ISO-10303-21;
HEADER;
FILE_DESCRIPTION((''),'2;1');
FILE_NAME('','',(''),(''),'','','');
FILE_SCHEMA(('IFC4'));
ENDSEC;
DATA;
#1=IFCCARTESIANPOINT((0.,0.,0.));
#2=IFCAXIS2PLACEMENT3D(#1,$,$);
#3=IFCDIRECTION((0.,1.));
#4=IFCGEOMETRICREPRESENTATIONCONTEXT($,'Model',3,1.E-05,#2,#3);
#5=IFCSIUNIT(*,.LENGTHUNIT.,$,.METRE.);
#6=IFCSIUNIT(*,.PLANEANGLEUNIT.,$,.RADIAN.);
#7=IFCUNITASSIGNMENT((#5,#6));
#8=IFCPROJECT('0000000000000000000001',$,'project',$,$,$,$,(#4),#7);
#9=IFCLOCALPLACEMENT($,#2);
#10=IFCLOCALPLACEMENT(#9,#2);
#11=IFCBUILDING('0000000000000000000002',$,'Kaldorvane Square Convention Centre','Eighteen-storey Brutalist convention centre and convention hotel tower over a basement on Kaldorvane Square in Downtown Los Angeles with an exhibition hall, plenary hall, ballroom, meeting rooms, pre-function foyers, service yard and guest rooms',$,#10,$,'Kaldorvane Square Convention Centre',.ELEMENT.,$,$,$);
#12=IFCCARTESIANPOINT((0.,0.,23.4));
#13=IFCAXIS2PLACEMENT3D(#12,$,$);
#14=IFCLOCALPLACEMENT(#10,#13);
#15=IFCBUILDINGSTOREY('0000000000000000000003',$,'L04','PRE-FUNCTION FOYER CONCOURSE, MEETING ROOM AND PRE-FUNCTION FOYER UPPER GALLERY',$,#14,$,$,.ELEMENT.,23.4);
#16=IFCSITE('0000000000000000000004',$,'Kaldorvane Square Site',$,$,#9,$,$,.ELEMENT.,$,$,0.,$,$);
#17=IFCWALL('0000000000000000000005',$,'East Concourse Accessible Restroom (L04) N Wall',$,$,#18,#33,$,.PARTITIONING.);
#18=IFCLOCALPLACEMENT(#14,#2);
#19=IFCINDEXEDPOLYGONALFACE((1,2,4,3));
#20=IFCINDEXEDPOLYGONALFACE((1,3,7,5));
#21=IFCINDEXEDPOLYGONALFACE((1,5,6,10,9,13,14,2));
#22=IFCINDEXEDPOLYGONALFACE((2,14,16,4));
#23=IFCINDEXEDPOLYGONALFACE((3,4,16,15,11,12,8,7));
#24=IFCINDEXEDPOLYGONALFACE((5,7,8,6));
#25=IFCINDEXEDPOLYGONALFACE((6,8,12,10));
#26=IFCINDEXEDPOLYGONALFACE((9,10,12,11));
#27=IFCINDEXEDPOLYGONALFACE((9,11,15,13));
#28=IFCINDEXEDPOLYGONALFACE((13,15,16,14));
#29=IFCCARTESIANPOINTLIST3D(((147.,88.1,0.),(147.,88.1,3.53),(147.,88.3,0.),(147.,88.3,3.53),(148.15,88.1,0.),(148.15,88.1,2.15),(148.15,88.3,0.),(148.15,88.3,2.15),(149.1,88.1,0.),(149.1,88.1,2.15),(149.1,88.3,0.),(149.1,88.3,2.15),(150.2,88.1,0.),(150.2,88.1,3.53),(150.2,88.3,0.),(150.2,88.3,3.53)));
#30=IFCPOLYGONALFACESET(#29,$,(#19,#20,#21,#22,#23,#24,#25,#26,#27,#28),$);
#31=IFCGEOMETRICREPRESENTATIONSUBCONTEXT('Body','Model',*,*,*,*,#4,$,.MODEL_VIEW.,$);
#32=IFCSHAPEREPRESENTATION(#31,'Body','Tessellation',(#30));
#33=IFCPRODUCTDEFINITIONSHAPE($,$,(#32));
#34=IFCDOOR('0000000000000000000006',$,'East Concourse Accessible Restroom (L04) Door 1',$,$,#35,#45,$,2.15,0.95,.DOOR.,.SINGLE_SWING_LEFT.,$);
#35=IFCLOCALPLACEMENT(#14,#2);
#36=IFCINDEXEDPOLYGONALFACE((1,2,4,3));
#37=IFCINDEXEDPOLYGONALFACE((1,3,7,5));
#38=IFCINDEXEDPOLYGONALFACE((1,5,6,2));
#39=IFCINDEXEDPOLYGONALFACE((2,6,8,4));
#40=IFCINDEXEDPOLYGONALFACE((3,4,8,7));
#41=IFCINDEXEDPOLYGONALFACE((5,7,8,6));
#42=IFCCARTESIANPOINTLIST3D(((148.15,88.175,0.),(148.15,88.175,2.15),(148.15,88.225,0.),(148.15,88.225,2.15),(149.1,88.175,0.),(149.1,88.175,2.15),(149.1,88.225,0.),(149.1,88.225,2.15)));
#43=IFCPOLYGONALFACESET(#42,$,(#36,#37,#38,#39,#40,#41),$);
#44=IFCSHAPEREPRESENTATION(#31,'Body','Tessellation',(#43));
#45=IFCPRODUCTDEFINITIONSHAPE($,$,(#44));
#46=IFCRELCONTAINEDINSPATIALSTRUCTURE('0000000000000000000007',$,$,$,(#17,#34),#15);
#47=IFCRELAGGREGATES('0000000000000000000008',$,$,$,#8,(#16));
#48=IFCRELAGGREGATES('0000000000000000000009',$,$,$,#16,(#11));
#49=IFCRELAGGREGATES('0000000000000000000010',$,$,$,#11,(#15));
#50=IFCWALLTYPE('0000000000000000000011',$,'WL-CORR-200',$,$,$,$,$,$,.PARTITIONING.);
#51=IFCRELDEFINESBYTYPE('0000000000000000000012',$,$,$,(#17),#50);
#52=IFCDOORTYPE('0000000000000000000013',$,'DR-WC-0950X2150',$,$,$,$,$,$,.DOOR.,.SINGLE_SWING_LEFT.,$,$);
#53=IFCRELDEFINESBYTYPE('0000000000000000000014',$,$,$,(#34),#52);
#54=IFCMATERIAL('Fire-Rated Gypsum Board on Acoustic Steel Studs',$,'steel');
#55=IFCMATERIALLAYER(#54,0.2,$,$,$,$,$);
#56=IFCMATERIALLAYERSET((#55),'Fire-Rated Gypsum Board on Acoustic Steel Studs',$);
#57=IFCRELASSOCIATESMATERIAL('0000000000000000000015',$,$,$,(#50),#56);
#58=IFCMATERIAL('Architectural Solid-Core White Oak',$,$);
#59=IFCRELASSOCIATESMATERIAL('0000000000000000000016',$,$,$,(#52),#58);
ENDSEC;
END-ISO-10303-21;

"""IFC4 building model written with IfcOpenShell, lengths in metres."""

from ifc_helpers import new_model, si_unit, direction, frame, frame_2d, origin, place, context, subcontext, project, spatial, rectangle, extrude, material, layer, layer_set, type_object, element, fill, save


model = new_model("IFC4")

# Units and contexts
model_context = context("Model", 3, precision=1e-05, world=origin(), true_north=direction((0.0, 1.0)))
body_context = subcontext(model_context, "Body", "Model", "MODEL_VIEW")
ifc_project = project(units=[si_unit("LENGTHUNIT", "METRE"), si_unit("PLANEANGLEUNIT", "RADIAN")], contexts=[model_context])

# Site, building, storey
site_placement = place(None, origin())
site = spatial("IfcSite", under=ifc_project, at=site_placement, Name="Kaldorvane Square Site", CompositionType="ELEMENT", RefElevation=0.0)
building_placement = place(site_placement, origin())
building = spatial("IfcBuilding", under=site, at=building_placement, Name="Kaldorvane Square Convention Centre", Description="Eighteen-storey Brutalist convention centre and convention hotel tower over a basement on Kaldorvane Square in Downtown Los Angeles with an exhibition hall, plenary hall, ballroom, meeting rooms, pre-function foyers, service yard and guest rooms", LongName="Kaldorvane Square Convention Centre", CompositionType="ELEMENT")
storey_placement = place(building_placement, frame((0.0, 0.0, 23.4)))
storey = spatial("IfcBuildingStorey", under=building, at=storey_placement, Name="L04", Description="PRE-FUNCTION FOYER CONCOURSE, MEETING ROOM AND PRE-FUNCTION FOYER UPPER GALLERY", CompositionType="ELEMENT", Elevation=23.4)

# Shared definitions
ifc_material_1 = material(Name="Fire-Rated Gypsum Board on Acoustic Steel Studs", Category="steel")
ifc_layer = layer(ifc_material_1, 0.2)
ifc_layer_set = layer_set([ifc_layer], Name="Fire-Rated Gypsum Board on Acoustic Steel Studs")
wall_type = type_object("IfcWallType", Name="WL-CORR-200", PredefinedType="PARTITIONING", material=ifc_layer_set)

# Wall, opening, door
ifc_material_2 = material(Name="Architectural Solid-Core White Oak")
door_type = type_object("IfcDoorType", Name="DR-WC-0950X2150", OperationType="SINGLE_SWING_LEFT", PredefinedType="DOOR", material=ifc_material_2)
wall_1_placement = place(storey_placement, frame((150.2, 88.2, 0.0), z_axis=(0.0, 0.0, 1.0), x_axis=(-1.0, 0.0, 0.0)))
wall_1 = element("IfcWall", 1, at=wall_1_placement, inside=storey, type_object=wall_type, Name="East Concourse Accessible Restroom (L04) N Wall", PredefinedType="PARTITIONING", context=body_context, shape_type="SweptSolid", body=[
    extrude(rectangle(XDim=3.2, YDim=0.2, at=frame_2d((1.6, 0.0))), origin(), (0.0, 0.0, 1.0), 3.53),
])
opening_1_placement = place(wall_1_placement, frame((1.1, 0.0, 0.0)))
opening_1 = element("IfcOpeningElement", 2, at=opening_1_placement, cuts=wall_1, PredefinedType="OPENING", context=body_context, shape_type="SweptSolid", body=[
    extrude(rectangle(XDim=0.95, YDim=2.15, at=frame_2d((0.475, 1.075))), frame((0.0, 0.115, 0.0), z_axis=(0.0, -1.0, 0.0), x_axis=(1.0, 0.0, 0.0)), (0.0, 0.0, 1.0), 0.23),
])
door_1_placement = place(opening_1_placement, origin())
door_1 = element("IfcDoor", 3, at=door_1_placement, inside=storey, type_object=door_type, Name="East Concourse Accessible Restroom (L04) Door 1", OperationType="SINGLE_SWING_LEFT", OverallHeight=2.15, OverallWidth=0.95, PredefinedType="DOOR", context=body_context, shape_type="SweptSolid", body=[
    extrude(rectangle(XDim=0.95, YDim=2.15, at=frame_2d((0.475, 1.075))), frame((0.0, 0.025, 0.0), z_axis=(0.0, -1.0, 0.0), x_axis=(1.0, 0.0, 0.0)), (0.0, 0.0, 1.0), 0.05),
])
fill(opening_1, door_1)

save(model, "model.ifc")
